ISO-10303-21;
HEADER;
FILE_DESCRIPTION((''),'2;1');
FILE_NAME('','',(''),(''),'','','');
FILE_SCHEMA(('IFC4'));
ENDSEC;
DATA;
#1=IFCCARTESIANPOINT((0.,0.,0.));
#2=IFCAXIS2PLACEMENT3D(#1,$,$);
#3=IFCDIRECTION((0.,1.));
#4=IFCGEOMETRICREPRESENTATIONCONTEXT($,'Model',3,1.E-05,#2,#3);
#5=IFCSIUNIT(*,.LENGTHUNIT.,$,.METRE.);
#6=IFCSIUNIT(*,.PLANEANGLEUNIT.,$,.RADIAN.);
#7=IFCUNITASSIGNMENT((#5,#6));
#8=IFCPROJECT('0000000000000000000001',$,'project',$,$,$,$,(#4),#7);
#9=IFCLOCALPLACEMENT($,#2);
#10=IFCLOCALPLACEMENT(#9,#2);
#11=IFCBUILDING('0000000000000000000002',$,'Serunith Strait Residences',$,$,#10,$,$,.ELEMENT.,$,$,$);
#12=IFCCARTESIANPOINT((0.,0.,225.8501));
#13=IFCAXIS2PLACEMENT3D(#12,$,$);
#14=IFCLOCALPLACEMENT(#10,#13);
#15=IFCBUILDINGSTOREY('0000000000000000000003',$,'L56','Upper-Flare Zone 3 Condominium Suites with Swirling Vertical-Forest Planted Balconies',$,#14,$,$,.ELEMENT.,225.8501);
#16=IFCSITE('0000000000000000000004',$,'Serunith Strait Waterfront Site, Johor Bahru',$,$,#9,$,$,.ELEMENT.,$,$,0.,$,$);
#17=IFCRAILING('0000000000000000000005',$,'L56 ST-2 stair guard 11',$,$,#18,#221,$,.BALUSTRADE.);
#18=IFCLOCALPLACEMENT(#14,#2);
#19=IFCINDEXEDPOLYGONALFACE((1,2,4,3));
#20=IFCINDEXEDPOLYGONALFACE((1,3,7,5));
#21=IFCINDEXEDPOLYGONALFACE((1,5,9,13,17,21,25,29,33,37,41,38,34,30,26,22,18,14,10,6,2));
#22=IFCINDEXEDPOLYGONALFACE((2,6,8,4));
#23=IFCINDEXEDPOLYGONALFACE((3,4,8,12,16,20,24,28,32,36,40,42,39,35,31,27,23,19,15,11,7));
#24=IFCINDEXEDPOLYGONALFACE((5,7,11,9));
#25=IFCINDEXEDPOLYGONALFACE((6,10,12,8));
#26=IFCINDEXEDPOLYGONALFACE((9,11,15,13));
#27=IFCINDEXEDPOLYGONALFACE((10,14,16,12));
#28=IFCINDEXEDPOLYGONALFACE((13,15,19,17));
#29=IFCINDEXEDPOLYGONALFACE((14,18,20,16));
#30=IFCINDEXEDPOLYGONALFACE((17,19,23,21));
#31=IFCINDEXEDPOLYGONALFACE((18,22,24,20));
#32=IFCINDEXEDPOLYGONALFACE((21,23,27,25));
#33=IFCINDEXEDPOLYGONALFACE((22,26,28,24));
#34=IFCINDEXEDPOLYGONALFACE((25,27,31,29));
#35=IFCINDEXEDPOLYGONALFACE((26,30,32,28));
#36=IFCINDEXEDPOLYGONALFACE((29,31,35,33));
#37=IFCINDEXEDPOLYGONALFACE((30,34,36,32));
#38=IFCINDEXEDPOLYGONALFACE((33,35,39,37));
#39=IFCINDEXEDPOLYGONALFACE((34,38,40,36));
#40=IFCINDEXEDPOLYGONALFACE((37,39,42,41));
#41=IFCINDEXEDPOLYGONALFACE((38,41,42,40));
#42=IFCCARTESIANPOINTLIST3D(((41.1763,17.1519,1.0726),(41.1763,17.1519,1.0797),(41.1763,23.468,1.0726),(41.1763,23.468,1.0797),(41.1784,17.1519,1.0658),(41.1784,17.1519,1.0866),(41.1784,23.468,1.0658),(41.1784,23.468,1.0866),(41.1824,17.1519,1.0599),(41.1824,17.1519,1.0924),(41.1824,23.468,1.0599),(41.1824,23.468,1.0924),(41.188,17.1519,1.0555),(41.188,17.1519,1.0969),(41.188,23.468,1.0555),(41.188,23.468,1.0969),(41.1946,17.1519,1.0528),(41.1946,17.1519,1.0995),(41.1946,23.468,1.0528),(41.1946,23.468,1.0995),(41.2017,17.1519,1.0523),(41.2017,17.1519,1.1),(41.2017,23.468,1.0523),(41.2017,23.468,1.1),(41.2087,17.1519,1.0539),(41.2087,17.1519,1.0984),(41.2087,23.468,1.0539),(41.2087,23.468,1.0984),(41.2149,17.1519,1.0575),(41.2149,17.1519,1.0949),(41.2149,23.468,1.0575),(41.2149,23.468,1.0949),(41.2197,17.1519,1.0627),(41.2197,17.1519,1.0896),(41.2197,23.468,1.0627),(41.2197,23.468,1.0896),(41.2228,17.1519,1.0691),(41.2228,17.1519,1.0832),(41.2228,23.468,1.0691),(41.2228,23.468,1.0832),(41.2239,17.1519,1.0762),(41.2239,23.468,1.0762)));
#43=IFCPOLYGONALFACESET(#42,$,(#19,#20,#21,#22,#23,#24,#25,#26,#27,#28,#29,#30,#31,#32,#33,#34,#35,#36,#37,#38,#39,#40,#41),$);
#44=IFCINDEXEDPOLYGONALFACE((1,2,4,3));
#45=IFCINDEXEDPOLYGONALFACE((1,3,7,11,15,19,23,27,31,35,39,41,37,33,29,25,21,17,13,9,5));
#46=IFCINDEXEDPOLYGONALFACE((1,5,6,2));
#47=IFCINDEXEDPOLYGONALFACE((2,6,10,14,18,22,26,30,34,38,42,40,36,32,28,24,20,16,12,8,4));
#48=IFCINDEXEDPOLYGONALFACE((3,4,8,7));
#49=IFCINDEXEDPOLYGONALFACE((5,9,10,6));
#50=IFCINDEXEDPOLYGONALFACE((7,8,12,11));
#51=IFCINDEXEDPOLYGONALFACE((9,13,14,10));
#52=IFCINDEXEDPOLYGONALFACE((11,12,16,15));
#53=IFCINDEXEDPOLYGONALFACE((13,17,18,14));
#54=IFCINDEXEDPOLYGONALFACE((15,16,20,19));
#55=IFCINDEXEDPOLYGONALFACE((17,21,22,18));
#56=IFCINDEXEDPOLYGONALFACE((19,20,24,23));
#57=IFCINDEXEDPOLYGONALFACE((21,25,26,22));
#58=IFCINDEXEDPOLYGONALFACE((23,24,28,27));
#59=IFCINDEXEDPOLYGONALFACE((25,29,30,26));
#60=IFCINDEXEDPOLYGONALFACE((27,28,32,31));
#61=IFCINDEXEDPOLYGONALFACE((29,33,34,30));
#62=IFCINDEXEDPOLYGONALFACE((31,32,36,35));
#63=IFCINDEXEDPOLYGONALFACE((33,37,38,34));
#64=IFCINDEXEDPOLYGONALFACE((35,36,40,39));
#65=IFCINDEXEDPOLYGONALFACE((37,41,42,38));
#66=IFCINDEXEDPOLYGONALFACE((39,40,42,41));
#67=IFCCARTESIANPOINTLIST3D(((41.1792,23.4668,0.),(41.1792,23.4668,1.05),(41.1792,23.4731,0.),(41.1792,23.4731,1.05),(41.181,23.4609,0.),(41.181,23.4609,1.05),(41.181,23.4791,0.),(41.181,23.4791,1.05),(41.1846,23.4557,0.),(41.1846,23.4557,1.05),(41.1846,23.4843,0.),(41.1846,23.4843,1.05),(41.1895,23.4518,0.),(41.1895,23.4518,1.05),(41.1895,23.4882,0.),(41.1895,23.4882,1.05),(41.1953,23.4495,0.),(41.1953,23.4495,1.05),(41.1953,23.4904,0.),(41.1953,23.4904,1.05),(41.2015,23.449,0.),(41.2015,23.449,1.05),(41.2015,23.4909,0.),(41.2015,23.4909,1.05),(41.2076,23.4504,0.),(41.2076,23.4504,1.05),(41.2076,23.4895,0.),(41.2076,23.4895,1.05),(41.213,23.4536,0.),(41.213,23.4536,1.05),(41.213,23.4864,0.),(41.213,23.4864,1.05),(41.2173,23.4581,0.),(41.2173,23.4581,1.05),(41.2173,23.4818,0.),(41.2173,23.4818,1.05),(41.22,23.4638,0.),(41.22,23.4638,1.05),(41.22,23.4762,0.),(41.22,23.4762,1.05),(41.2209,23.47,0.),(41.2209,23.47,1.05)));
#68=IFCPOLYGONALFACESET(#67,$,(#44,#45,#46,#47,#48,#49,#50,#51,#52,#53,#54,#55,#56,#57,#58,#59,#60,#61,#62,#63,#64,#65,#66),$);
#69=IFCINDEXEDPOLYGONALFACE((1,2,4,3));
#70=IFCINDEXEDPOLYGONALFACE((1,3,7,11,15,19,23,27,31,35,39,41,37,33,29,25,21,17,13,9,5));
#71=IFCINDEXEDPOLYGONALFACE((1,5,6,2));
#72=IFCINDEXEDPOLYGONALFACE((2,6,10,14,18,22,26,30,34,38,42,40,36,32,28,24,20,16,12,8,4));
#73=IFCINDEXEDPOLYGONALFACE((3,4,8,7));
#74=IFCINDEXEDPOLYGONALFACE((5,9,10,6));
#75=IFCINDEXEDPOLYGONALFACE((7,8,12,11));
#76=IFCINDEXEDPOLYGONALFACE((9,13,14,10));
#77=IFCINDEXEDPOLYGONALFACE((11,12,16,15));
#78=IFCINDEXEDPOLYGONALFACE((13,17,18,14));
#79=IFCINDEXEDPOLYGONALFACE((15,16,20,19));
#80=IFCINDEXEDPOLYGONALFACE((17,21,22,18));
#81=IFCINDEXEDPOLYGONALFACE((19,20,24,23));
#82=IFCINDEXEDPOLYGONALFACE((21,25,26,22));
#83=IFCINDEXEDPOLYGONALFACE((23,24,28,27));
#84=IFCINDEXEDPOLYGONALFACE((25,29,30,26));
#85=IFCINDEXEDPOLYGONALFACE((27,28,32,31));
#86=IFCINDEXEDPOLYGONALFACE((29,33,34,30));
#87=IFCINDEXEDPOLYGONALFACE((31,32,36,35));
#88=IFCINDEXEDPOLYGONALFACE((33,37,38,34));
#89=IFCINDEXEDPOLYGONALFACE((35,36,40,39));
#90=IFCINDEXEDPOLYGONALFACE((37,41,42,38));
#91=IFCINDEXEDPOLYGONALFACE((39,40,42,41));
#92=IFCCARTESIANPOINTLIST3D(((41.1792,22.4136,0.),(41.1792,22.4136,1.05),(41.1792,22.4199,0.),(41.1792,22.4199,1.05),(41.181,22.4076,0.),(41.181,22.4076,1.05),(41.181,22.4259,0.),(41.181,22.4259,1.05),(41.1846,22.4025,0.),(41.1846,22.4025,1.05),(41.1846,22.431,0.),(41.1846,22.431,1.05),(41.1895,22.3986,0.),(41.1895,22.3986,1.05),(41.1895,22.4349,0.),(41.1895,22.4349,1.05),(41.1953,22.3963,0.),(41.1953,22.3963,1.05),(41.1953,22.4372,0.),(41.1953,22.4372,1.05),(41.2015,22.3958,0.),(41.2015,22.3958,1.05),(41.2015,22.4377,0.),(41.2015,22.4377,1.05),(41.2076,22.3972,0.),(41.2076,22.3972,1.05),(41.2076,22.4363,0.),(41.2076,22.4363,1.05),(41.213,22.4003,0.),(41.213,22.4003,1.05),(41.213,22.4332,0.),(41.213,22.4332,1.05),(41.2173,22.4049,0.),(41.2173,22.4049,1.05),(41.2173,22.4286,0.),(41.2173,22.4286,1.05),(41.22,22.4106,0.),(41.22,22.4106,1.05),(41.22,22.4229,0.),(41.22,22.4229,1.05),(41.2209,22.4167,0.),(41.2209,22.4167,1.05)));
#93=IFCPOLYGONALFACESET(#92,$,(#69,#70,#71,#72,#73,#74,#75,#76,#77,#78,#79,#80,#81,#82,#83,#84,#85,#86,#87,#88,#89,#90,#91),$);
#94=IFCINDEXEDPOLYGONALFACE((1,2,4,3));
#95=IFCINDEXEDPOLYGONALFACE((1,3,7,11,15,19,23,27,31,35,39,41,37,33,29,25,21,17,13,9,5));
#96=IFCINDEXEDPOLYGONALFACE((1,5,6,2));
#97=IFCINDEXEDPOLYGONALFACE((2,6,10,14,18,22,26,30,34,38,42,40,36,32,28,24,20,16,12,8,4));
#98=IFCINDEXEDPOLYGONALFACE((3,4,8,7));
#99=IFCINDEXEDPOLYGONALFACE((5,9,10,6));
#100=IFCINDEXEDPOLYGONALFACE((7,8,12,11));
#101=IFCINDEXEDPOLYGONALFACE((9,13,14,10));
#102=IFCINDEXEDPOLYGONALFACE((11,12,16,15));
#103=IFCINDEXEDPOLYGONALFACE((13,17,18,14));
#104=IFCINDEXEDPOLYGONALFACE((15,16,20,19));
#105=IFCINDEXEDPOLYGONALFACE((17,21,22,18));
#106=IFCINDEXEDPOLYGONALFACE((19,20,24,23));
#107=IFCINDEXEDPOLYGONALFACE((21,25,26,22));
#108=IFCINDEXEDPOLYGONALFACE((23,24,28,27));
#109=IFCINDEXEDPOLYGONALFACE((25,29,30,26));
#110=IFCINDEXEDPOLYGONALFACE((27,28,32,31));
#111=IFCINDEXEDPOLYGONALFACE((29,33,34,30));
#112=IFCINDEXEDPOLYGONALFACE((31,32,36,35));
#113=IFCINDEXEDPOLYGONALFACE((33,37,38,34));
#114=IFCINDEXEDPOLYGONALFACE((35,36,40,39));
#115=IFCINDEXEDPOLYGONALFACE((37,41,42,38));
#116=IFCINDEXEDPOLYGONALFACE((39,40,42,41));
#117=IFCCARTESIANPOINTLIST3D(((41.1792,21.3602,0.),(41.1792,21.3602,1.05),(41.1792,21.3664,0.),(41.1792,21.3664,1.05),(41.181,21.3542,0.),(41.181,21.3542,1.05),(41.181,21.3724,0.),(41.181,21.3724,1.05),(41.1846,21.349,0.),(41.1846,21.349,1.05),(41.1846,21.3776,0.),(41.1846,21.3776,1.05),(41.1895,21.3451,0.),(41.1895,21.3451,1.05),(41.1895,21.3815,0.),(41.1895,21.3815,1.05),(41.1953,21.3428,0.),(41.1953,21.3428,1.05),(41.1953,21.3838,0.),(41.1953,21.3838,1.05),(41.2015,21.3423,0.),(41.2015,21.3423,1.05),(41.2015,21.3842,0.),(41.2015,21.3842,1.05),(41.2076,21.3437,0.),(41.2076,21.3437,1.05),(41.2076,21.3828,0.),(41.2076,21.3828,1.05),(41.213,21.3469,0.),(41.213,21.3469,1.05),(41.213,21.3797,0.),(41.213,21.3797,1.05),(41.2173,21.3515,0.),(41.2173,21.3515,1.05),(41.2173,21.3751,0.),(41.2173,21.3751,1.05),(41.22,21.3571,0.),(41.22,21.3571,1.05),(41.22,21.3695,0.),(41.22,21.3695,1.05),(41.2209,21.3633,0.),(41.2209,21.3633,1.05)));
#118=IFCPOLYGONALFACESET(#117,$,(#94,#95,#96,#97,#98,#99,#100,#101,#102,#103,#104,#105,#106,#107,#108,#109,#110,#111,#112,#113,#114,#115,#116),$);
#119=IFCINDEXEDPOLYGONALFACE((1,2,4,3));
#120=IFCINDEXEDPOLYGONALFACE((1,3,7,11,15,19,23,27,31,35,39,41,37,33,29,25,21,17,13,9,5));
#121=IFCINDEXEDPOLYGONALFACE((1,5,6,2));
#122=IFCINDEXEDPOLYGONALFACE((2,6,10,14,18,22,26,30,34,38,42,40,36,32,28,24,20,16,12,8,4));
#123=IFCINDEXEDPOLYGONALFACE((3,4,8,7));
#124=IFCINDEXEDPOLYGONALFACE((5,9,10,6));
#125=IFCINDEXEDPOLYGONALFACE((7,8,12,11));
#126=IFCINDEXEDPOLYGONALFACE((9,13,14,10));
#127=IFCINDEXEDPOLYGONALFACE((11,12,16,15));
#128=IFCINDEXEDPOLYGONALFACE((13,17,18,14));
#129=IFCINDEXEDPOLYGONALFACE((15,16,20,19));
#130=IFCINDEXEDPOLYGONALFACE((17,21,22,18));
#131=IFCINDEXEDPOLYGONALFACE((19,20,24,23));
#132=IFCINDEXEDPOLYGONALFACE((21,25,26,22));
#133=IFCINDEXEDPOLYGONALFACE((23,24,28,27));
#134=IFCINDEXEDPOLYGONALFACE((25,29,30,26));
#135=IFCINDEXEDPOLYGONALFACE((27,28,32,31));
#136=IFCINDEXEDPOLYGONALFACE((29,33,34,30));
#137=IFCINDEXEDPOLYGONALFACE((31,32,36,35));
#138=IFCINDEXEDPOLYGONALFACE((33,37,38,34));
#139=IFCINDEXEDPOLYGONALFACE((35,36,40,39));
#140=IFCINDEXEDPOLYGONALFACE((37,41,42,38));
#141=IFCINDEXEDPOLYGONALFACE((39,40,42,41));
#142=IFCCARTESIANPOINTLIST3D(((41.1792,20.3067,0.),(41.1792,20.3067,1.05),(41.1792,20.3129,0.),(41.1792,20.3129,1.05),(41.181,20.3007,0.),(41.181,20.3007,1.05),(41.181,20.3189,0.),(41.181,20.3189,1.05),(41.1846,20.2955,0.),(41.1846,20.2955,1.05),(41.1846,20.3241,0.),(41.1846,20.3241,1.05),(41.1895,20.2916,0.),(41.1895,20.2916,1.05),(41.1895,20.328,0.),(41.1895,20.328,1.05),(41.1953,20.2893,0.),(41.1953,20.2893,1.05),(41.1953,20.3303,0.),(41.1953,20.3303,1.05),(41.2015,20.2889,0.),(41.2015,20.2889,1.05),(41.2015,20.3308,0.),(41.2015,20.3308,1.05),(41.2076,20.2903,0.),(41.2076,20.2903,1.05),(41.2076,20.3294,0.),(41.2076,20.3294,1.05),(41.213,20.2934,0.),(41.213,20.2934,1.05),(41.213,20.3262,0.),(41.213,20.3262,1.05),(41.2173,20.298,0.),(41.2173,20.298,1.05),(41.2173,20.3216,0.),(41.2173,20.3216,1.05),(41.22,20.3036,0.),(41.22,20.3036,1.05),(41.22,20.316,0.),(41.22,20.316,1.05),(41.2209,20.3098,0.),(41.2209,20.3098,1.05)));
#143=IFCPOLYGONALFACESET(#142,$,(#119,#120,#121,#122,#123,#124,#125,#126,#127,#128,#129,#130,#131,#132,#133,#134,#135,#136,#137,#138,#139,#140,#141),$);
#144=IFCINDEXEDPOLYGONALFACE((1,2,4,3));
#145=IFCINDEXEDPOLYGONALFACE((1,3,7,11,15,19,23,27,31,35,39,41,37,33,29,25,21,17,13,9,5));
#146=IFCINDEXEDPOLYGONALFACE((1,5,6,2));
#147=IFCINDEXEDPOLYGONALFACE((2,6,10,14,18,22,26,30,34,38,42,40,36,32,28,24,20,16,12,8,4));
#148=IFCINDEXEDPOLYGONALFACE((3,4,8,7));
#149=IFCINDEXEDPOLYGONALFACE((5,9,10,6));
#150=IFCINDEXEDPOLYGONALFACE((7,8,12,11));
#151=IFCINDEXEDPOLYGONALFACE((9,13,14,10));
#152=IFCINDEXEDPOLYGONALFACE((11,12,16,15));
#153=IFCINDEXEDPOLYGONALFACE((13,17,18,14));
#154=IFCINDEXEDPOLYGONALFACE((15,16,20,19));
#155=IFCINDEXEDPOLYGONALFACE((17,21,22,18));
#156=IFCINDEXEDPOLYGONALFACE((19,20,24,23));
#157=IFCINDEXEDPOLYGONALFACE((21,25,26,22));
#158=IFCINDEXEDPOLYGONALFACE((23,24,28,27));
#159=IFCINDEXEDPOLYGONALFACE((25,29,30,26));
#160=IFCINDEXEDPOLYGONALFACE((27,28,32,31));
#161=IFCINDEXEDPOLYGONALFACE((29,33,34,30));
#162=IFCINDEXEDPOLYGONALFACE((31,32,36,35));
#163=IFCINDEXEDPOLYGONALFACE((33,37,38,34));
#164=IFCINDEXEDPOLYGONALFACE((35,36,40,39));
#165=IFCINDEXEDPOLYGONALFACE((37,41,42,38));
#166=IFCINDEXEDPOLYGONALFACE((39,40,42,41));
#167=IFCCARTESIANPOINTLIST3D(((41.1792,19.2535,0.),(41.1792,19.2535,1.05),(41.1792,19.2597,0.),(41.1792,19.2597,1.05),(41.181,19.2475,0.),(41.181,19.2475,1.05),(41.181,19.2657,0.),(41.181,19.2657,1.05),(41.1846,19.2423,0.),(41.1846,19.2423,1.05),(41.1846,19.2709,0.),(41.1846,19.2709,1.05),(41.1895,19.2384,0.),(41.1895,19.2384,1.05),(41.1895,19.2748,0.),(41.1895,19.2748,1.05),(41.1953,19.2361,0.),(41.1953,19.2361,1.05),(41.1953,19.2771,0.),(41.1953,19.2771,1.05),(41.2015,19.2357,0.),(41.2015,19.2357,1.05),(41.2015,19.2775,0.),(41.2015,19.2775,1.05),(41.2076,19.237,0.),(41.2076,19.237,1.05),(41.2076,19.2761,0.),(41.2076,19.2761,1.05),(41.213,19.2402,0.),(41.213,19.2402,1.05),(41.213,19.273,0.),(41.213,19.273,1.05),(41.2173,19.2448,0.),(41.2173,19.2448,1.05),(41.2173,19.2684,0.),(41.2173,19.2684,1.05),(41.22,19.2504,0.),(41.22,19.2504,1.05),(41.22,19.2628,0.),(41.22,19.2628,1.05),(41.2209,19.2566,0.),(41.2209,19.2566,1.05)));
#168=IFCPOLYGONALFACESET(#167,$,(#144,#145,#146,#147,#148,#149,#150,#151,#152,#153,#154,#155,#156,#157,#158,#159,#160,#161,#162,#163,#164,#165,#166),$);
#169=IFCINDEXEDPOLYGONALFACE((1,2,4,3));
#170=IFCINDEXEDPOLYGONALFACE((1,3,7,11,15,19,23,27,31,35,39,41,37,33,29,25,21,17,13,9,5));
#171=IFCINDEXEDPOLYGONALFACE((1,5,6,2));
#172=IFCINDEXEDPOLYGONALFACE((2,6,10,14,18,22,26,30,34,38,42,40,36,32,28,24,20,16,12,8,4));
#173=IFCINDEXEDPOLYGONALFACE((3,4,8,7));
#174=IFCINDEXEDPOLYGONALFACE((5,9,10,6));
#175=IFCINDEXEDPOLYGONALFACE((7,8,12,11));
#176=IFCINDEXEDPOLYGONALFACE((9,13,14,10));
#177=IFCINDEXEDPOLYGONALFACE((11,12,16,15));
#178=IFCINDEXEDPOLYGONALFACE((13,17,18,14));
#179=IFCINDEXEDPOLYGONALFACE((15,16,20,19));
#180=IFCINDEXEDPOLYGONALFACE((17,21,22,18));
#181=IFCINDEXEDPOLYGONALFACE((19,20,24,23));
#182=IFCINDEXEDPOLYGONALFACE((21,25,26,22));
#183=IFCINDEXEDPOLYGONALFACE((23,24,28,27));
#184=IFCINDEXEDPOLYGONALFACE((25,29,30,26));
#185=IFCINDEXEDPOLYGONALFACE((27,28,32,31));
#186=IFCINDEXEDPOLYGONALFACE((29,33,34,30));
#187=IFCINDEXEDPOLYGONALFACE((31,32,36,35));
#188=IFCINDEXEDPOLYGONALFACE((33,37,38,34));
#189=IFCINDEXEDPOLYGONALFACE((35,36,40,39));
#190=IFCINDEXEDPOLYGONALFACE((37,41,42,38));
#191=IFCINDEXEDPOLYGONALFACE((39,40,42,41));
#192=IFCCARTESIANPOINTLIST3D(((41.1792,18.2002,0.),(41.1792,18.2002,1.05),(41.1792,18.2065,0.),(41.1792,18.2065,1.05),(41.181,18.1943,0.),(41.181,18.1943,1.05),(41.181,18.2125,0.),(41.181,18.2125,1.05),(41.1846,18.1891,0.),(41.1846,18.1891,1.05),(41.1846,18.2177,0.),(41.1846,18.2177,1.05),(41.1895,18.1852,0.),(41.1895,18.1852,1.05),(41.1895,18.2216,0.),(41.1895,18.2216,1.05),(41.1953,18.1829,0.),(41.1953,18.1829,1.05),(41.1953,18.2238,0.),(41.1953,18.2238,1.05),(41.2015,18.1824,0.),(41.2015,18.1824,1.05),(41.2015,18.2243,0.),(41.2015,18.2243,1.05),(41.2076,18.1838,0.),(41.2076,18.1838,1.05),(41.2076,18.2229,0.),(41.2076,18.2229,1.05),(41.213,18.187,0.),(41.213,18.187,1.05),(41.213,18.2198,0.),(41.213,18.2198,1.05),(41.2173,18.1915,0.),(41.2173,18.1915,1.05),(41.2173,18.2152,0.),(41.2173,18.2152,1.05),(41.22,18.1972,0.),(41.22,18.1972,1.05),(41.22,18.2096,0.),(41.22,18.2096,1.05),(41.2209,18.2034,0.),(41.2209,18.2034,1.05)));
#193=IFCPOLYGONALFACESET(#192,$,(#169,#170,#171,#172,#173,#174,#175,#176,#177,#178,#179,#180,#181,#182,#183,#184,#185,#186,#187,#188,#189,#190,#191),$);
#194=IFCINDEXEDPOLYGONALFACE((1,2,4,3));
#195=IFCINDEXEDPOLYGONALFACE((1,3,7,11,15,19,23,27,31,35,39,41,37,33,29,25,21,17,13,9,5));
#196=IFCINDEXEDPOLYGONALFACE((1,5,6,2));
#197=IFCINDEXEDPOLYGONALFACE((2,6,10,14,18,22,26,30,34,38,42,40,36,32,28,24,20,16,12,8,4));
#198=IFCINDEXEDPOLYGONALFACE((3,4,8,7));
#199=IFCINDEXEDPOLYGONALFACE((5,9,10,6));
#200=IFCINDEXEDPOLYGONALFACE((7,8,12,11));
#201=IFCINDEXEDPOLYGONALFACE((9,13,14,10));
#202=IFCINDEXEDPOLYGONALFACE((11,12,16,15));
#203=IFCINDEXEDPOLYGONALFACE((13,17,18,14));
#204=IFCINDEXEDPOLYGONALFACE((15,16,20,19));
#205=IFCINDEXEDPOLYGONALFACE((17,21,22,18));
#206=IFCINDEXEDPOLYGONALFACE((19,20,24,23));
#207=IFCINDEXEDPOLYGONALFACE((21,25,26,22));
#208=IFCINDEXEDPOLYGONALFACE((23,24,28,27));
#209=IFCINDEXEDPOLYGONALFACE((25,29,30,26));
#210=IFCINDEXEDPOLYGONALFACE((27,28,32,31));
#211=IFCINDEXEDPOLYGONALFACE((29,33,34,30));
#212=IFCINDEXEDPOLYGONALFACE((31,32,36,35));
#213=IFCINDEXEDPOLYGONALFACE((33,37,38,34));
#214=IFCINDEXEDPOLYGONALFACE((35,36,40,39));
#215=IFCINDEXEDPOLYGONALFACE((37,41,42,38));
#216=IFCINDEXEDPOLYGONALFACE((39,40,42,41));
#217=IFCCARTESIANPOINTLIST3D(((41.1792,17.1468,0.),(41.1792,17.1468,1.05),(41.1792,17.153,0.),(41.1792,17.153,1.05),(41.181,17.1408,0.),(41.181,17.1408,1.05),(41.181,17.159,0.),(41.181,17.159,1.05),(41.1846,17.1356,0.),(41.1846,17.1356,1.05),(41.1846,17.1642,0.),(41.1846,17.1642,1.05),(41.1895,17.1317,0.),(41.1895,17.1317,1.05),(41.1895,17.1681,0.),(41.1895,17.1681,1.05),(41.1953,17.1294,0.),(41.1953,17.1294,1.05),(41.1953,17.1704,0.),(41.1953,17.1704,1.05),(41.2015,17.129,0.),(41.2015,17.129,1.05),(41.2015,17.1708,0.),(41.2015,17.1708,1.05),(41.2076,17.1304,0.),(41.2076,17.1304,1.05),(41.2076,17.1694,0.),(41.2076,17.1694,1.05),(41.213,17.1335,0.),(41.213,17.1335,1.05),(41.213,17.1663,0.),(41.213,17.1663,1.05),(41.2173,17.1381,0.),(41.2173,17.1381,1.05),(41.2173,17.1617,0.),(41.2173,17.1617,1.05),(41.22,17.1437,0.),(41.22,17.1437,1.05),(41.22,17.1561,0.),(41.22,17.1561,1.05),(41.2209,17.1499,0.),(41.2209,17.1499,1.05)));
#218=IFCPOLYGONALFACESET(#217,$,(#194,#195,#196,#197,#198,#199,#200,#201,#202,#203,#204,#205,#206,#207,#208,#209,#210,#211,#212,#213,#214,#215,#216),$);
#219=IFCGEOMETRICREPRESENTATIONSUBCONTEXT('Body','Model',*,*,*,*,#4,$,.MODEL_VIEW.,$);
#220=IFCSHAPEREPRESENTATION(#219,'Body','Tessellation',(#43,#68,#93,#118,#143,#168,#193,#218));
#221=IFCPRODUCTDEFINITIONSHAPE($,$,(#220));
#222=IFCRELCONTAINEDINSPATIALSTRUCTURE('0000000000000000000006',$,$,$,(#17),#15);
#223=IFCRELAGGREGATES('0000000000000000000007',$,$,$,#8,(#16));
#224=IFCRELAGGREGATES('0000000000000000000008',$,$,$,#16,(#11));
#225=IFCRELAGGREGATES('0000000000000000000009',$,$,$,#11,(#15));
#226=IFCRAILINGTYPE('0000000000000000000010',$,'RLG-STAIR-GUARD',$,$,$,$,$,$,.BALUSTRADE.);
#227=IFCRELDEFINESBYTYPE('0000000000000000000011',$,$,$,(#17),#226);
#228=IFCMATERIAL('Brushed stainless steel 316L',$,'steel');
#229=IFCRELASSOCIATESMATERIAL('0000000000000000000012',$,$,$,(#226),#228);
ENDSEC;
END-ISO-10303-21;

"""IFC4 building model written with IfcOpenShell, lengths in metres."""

from ifc_helpers import new_model, si_unit, direction, frame, origin, origin_2d, place, context, subcontext, project, spatial, circle, extrude, material, type_object, element, save


model = new_model("IFC4")

# Units and contexts
model_context = context("Model", 3, precision=1e-05, world=origin(), true_north=direction((0.0, 1.0)))
body_context = subcontext(model_context, "Body", "Model", "MODEL_VIEW")
ifc_project = project(units=[si_unit("LENGTHUNIT", "METRE"), si_unit("PLANEANGLEUNIT", "RADIAN")], contexts=[model_context])

# Site, building, storey
site_placement = place(None, origin())
site = spatial("IfcSite", under=ifc_project, at=site_placement, Name="Serunith Strait Waterfront Site, Johor Bahru", CompositionType="ELEMENT", RefElevation=0.0)
building_placement = place(site_placement, origin())
building = spatial("IfcBuilding", under=site, at=building_placement, Name="Serunith Strait Residences", CompositionType="ELEMENT")
storey_placement = place(building_placement, frame((0.0, 0.0, 225.8501)))
storey = spatial("IfcBuildingStorey", under=building, at=storey_placement, Name="L56", Description="Upper-Flare Zone 3 Condominium Suites with Swirling Vertical-Forest Planted Balconies", CompositionType="ELEMENT", Elevation=225.8501)

# Railing
ifc_material_1 = material(Name="Brushed stainless steel 316L", Category="steel")
railing_type = type_object("IfcRailingType", Name="RLG-STAIR-GUARD", PredefinedType="BALUSTRADE", material=ifc_material_1)
railing_placement = place(storey_placement, frame((41.2, 23.47, 0.0)))
element("IfcRailing", 1, at=railing_placement, inside=storey, type_object=railing_type, Name="L56 ST-2 stair guard 11", PredefinedType="BALUSTRADE", context=body_context, shape_type="SweptSolid", body=[
    extrude(circle(Radius=0.0239, at=origin_2d()), frame((0.0, -0.002, 1.0762), z_axis=(0.0, -1.0, 0.0), x_axis=(1.0, 0.0, 0.0)), (0.0, 0.0, 1.0), 6.3162),
    extrude(circle(Radius=0.021, at=origin_2d()), origin(), (0.0, 0.0, 1.0), 1.05),
    extrude(circle(Radius=0.021, at=origin_2d()), frame((0.0, -1.0532, 0.0)), (0.0, 0.0, 1.0), 1.05),
    extrude(circle(Radius=0.021, at=origin_2d()), frame((0.0, -2.1067, 0.0)), (0.0, 0.0, 1.0), 1.05),
    extrude(circle(Radius=0.021, at=origin_2d()), frame((0.0, -3.1602, 0.0)), (0.0, 0.0, 1.0), 1.05),
    extrude(circle(Radius=0.021, at=origin_2d()), frame((0.0, -4.2134, 0.0)), (0.0, 0.0, 1.0), 1.05),
    extrude(circle(Radius=0.021, at=origin_2d()), frame((0.0, -5.2666, 0.0)), (0.0, 0.0, 1.0), 1.05),
    extrude(circle(Radius=0.021, at=origin_2d()), frame((0.0, -6.3201, 0.0)), (0.0, 0.0, 1.0), 1.05),
])

save(model, "model.ifc")
